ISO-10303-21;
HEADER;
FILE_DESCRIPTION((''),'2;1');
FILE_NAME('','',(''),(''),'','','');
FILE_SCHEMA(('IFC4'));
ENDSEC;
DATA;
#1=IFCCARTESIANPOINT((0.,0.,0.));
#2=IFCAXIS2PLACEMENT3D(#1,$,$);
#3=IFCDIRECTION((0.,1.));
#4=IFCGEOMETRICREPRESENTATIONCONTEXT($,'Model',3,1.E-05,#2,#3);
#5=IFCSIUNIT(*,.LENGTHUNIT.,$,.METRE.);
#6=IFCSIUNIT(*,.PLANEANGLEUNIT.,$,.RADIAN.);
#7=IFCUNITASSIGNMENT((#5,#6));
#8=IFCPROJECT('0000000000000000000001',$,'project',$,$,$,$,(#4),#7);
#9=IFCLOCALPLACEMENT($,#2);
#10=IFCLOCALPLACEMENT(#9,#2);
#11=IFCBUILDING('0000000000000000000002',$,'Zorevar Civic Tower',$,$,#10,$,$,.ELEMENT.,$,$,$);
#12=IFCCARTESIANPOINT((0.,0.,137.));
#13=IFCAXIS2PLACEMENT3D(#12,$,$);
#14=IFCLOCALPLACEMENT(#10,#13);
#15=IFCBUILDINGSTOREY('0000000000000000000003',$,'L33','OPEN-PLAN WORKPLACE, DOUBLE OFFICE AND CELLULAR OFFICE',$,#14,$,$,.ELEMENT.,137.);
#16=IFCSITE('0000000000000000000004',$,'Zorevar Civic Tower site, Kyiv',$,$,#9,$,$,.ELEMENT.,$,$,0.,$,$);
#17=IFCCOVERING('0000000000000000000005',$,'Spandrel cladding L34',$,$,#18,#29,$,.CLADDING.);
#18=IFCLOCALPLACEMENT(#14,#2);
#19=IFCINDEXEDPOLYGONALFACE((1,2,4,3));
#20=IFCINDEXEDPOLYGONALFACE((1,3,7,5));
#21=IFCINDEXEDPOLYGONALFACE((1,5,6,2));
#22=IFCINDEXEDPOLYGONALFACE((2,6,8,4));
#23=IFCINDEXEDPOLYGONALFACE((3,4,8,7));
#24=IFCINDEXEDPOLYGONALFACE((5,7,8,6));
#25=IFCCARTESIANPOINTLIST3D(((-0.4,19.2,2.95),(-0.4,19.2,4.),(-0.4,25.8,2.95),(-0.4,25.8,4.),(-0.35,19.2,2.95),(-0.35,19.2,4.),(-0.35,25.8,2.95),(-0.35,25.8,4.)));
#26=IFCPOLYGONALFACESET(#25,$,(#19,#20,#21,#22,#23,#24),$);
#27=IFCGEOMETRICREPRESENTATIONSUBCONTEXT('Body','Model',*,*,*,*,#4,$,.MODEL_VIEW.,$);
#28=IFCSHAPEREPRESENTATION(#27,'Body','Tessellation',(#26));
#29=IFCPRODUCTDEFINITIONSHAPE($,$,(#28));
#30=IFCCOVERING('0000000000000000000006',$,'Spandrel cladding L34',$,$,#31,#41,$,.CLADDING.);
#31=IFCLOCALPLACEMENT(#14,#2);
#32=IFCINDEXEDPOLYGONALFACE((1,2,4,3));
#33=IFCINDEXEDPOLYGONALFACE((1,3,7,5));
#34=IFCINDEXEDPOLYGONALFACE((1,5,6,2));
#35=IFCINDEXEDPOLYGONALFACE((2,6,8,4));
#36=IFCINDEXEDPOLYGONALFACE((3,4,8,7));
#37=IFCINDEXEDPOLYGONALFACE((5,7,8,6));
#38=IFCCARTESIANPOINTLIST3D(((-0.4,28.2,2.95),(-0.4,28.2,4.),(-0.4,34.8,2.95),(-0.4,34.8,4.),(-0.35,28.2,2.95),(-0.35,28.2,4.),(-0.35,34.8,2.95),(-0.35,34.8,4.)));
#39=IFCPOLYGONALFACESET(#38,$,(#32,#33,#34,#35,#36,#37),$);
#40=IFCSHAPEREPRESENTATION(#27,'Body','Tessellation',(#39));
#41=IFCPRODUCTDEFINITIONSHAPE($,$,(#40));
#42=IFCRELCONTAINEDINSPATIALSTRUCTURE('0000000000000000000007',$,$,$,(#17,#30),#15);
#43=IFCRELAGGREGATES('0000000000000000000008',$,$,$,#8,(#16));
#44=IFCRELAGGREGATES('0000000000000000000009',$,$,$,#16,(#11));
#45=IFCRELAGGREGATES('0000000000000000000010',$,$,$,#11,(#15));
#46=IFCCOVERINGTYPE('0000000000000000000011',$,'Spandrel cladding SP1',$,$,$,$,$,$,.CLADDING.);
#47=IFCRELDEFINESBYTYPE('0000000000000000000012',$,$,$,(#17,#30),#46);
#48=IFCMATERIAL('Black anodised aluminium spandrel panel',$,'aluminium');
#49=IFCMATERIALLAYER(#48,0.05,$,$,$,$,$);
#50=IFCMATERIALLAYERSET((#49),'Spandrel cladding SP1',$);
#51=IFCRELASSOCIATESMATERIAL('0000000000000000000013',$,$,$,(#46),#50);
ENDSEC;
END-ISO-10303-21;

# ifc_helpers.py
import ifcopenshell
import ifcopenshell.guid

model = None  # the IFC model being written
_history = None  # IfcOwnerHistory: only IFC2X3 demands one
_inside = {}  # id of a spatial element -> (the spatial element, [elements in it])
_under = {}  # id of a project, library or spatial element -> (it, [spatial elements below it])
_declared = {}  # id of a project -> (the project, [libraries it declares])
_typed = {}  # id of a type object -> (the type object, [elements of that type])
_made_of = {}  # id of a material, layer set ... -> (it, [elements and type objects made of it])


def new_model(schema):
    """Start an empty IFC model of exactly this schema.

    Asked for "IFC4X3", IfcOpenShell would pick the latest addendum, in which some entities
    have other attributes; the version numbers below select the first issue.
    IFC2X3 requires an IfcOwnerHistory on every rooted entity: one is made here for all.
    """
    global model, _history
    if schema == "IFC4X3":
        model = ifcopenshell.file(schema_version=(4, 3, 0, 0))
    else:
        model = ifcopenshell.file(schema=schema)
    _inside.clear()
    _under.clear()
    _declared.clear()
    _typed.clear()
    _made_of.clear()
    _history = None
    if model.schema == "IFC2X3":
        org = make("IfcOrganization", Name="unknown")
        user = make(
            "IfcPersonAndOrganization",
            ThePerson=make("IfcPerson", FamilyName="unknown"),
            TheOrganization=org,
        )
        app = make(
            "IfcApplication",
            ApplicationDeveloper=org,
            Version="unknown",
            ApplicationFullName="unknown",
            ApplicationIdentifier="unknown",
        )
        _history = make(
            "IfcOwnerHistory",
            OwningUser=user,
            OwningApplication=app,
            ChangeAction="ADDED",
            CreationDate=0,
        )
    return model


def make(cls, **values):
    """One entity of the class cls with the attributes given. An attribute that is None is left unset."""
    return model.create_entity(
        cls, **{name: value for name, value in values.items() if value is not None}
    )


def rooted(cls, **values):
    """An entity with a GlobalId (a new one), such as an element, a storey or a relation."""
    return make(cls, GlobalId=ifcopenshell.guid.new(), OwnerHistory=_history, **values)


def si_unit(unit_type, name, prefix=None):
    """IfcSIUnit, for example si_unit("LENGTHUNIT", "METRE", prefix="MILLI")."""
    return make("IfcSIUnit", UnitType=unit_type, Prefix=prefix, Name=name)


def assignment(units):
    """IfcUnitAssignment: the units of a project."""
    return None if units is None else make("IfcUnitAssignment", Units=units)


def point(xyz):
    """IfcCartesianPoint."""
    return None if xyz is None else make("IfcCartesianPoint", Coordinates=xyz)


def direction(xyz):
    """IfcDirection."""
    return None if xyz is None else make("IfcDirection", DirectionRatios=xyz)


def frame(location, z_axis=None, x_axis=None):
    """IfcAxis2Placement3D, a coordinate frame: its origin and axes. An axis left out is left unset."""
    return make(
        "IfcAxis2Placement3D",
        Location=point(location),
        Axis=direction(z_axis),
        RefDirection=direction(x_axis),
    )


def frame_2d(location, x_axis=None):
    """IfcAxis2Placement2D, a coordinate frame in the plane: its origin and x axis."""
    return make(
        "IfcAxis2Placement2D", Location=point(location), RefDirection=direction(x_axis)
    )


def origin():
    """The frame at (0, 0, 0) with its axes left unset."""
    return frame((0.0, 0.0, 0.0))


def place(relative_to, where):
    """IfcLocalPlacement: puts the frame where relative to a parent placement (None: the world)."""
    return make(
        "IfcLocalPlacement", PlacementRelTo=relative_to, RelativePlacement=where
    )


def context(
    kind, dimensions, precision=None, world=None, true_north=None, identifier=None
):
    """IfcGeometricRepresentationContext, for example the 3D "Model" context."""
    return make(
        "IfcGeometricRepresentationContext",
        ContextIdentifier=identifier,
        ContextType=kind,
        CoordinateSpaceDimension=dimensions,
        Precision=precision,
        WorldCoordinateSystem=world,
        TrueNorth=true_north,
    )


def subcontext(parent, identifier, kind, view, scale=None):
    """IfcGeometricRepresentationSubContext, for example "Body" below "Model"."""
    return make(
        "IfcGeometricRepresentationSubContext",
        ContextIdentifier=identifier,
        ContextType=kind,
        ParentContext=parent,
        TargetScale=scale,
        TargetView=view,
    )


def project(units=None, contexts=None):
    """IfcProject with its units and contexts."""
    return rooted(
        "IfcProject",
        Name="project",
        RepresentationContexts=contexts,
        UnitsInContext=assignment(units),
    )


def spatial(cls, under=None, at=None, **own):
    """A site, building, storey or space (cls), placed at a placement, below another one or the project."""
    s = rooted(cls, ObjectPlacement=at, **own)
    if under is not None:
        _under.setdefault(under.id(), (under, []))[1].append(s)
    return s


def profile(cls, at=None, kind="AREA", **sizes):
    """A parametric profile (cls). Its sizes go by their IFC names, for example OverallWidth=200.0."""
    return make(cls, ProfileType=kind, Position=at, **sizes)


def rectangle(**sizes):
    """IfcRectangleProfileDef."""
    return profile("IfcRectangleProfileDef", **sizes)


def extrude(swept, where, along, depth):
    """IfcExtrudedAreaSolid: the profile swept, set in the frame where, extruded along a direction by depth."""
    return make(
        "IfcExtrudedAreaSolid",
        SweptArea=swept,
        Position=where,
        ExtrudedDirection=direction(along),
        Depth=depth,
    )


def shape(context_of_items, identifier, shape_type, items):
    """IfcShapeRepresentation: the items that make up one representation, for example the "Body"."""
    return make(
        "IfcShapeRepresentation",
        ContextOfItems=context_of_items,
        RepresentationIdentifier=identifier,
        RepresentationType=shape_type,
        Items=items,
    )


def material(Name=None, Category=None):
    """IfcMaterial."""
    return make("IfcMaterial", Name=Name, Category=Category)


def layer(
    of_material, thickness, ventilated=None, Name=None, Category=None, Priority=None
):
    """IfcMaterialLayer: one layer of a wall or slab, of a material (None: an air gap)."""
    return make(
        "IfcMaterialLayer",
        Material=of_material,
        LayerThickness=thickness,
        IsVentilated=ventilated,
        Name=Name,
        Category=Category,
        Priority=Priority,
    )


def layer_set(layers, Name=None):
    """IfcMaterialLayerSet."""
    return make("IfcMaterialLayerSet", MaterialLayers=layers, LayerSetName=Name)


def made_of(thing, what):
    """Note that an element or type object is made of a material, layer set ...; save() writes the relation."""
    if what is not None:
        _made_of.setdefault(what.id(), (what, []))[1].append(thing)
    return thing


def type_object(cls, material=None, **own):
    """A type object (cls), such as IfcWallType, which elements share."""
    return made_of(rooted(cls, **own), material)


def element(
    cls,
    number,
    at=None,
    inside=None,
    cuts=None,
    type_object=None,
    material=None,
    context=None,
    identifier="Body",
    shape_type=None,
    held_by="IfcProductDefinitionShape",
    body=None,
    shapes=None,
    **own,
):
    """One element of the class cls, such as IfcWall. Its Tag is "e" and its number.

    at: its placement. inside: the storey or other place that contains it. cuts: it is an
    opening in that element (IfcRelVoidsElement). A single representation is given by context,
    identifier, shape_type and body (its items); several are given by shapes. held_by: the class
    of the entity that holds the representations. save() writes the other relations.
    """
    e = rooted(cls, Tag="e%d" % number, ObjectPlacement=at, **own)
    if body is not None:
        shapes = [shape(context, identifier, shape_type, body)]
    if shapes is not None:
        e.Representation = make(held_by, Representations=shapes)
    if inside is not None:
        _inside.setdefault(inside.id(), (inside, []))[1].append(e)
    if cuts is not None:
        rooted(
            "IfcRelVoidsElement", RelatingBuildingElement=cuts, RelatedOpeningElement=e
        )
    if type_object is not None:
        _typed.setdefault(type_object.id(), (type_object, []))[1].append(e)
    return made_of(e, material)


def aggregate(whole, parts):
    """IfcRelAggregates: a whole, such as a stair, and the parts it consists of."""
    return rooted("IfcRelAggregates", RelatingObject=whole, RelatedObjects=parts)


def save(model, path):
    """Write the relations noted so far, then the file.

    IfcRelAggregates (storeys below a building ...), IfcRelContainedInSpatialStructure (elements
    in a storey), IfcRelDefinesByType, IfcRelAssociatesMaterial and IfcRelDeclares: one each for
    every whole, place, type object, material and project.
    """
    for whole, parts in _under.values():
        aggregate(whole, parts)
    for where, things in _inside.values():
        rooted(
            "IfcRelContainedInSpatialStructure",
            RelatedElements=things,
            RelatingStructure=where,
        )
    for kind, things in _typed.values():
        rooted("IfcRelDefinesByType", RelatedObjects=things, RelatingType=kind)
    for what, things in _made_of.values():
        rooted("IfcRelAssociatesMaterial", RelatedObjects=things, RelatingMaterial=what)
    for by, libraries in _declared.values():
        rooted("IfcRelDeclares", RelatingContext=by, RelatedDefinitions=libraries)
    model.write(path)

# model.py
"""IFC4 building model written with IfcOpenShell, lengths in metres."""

from ifc_helpers import new_model, si_unit, direction, frame, frame_2d, origin, place, context, subcontext, project, spatial, rectangle, extrude, material, layer, layer_set, type_object, element, save


model = new_model("IFC4")

# Units and contexts
model_context = context("Model", 3, precision=1e-05, world=origin(), true_north=direction((0.0, 1.0)))
body_context = subcontext(model_context, "Body", "Model", "MODEL_VIEW")
ifc_project = project(units=[si_unit("LENGTHUNIT", "METRE"), si_unit("PLANEANGLEUNIT", "RADIAN")], contexts=[model_context])

# Site, building, storey
site_placement = place(None, origin())
site = spatial("IfcSite", under=ifc_project, at=site_placement, Name="Zorevar Civic Tower site, Kyiv", CompositionType="ELEMENT", RefElevation=0.0)
building_placement = place(site_placement, origin())
building = spatial("IfcBuilding", under=site, at=building_placement, Name="Zorevar Civic Tower", CompositionType="ELEMENT")
storey_placement = place(building_placement, frame((0.0, 0.0, 137.0)))
storey = spatial("IfcBuildingStorey", under=building, at=storey_placement, Name="L33", Description="OPEN-PLAN WORKPLACE, DOUBLE OFFICE AND CELLULAR OFFICE", CompositionType="ELEMENT", Elevation=137.0)

# Coverings
ifc_material_1 = material(Name="Black anodised aluminium spandrel panel", Category="aluminium")
ifc_layer_1 = layer(ifc_material_1, 0.05)
ifc_layer_set_1 = layer_set([ifc_layer_1], Name="Spandrel cladding SP1")
covering_type = type_object("IfcCoveringType", Name="Spandrel cladding SP1", PredefinedType="CLADDING", material=ifc_layer_set_1)
for number, where, z_axis, x_axis, name in (
    (1, (-0.375, 19.2, 2.95), (0.0, 0.0, 1.0), (0.0, 1.0, 0.0), "Spandrel cladding L34"),
    (2, (-0.375, 28.2, 2.95), (0.0, 0.0, 1.0), (0.0, 1.0, 0.0), "Spandrel cladding L34"),
):
    element("IfcCovering", number, at=place(storey_placement, frame(where, z_axis=z_axis, x_axis=x_axis)), inside=storey, type_object=covering_type, Name=name, PredefinedType="CLADDING", context=body_context, shape_type="SweptSolid", body=[
        extrude(rectangle(XDim=6.6001, YDim=0.05, at=frame_2d((3.3, 0.0))), origin(), (0.0, 0.0, 1.0), 1.05),
    ])

save(model, "model.ifc")
